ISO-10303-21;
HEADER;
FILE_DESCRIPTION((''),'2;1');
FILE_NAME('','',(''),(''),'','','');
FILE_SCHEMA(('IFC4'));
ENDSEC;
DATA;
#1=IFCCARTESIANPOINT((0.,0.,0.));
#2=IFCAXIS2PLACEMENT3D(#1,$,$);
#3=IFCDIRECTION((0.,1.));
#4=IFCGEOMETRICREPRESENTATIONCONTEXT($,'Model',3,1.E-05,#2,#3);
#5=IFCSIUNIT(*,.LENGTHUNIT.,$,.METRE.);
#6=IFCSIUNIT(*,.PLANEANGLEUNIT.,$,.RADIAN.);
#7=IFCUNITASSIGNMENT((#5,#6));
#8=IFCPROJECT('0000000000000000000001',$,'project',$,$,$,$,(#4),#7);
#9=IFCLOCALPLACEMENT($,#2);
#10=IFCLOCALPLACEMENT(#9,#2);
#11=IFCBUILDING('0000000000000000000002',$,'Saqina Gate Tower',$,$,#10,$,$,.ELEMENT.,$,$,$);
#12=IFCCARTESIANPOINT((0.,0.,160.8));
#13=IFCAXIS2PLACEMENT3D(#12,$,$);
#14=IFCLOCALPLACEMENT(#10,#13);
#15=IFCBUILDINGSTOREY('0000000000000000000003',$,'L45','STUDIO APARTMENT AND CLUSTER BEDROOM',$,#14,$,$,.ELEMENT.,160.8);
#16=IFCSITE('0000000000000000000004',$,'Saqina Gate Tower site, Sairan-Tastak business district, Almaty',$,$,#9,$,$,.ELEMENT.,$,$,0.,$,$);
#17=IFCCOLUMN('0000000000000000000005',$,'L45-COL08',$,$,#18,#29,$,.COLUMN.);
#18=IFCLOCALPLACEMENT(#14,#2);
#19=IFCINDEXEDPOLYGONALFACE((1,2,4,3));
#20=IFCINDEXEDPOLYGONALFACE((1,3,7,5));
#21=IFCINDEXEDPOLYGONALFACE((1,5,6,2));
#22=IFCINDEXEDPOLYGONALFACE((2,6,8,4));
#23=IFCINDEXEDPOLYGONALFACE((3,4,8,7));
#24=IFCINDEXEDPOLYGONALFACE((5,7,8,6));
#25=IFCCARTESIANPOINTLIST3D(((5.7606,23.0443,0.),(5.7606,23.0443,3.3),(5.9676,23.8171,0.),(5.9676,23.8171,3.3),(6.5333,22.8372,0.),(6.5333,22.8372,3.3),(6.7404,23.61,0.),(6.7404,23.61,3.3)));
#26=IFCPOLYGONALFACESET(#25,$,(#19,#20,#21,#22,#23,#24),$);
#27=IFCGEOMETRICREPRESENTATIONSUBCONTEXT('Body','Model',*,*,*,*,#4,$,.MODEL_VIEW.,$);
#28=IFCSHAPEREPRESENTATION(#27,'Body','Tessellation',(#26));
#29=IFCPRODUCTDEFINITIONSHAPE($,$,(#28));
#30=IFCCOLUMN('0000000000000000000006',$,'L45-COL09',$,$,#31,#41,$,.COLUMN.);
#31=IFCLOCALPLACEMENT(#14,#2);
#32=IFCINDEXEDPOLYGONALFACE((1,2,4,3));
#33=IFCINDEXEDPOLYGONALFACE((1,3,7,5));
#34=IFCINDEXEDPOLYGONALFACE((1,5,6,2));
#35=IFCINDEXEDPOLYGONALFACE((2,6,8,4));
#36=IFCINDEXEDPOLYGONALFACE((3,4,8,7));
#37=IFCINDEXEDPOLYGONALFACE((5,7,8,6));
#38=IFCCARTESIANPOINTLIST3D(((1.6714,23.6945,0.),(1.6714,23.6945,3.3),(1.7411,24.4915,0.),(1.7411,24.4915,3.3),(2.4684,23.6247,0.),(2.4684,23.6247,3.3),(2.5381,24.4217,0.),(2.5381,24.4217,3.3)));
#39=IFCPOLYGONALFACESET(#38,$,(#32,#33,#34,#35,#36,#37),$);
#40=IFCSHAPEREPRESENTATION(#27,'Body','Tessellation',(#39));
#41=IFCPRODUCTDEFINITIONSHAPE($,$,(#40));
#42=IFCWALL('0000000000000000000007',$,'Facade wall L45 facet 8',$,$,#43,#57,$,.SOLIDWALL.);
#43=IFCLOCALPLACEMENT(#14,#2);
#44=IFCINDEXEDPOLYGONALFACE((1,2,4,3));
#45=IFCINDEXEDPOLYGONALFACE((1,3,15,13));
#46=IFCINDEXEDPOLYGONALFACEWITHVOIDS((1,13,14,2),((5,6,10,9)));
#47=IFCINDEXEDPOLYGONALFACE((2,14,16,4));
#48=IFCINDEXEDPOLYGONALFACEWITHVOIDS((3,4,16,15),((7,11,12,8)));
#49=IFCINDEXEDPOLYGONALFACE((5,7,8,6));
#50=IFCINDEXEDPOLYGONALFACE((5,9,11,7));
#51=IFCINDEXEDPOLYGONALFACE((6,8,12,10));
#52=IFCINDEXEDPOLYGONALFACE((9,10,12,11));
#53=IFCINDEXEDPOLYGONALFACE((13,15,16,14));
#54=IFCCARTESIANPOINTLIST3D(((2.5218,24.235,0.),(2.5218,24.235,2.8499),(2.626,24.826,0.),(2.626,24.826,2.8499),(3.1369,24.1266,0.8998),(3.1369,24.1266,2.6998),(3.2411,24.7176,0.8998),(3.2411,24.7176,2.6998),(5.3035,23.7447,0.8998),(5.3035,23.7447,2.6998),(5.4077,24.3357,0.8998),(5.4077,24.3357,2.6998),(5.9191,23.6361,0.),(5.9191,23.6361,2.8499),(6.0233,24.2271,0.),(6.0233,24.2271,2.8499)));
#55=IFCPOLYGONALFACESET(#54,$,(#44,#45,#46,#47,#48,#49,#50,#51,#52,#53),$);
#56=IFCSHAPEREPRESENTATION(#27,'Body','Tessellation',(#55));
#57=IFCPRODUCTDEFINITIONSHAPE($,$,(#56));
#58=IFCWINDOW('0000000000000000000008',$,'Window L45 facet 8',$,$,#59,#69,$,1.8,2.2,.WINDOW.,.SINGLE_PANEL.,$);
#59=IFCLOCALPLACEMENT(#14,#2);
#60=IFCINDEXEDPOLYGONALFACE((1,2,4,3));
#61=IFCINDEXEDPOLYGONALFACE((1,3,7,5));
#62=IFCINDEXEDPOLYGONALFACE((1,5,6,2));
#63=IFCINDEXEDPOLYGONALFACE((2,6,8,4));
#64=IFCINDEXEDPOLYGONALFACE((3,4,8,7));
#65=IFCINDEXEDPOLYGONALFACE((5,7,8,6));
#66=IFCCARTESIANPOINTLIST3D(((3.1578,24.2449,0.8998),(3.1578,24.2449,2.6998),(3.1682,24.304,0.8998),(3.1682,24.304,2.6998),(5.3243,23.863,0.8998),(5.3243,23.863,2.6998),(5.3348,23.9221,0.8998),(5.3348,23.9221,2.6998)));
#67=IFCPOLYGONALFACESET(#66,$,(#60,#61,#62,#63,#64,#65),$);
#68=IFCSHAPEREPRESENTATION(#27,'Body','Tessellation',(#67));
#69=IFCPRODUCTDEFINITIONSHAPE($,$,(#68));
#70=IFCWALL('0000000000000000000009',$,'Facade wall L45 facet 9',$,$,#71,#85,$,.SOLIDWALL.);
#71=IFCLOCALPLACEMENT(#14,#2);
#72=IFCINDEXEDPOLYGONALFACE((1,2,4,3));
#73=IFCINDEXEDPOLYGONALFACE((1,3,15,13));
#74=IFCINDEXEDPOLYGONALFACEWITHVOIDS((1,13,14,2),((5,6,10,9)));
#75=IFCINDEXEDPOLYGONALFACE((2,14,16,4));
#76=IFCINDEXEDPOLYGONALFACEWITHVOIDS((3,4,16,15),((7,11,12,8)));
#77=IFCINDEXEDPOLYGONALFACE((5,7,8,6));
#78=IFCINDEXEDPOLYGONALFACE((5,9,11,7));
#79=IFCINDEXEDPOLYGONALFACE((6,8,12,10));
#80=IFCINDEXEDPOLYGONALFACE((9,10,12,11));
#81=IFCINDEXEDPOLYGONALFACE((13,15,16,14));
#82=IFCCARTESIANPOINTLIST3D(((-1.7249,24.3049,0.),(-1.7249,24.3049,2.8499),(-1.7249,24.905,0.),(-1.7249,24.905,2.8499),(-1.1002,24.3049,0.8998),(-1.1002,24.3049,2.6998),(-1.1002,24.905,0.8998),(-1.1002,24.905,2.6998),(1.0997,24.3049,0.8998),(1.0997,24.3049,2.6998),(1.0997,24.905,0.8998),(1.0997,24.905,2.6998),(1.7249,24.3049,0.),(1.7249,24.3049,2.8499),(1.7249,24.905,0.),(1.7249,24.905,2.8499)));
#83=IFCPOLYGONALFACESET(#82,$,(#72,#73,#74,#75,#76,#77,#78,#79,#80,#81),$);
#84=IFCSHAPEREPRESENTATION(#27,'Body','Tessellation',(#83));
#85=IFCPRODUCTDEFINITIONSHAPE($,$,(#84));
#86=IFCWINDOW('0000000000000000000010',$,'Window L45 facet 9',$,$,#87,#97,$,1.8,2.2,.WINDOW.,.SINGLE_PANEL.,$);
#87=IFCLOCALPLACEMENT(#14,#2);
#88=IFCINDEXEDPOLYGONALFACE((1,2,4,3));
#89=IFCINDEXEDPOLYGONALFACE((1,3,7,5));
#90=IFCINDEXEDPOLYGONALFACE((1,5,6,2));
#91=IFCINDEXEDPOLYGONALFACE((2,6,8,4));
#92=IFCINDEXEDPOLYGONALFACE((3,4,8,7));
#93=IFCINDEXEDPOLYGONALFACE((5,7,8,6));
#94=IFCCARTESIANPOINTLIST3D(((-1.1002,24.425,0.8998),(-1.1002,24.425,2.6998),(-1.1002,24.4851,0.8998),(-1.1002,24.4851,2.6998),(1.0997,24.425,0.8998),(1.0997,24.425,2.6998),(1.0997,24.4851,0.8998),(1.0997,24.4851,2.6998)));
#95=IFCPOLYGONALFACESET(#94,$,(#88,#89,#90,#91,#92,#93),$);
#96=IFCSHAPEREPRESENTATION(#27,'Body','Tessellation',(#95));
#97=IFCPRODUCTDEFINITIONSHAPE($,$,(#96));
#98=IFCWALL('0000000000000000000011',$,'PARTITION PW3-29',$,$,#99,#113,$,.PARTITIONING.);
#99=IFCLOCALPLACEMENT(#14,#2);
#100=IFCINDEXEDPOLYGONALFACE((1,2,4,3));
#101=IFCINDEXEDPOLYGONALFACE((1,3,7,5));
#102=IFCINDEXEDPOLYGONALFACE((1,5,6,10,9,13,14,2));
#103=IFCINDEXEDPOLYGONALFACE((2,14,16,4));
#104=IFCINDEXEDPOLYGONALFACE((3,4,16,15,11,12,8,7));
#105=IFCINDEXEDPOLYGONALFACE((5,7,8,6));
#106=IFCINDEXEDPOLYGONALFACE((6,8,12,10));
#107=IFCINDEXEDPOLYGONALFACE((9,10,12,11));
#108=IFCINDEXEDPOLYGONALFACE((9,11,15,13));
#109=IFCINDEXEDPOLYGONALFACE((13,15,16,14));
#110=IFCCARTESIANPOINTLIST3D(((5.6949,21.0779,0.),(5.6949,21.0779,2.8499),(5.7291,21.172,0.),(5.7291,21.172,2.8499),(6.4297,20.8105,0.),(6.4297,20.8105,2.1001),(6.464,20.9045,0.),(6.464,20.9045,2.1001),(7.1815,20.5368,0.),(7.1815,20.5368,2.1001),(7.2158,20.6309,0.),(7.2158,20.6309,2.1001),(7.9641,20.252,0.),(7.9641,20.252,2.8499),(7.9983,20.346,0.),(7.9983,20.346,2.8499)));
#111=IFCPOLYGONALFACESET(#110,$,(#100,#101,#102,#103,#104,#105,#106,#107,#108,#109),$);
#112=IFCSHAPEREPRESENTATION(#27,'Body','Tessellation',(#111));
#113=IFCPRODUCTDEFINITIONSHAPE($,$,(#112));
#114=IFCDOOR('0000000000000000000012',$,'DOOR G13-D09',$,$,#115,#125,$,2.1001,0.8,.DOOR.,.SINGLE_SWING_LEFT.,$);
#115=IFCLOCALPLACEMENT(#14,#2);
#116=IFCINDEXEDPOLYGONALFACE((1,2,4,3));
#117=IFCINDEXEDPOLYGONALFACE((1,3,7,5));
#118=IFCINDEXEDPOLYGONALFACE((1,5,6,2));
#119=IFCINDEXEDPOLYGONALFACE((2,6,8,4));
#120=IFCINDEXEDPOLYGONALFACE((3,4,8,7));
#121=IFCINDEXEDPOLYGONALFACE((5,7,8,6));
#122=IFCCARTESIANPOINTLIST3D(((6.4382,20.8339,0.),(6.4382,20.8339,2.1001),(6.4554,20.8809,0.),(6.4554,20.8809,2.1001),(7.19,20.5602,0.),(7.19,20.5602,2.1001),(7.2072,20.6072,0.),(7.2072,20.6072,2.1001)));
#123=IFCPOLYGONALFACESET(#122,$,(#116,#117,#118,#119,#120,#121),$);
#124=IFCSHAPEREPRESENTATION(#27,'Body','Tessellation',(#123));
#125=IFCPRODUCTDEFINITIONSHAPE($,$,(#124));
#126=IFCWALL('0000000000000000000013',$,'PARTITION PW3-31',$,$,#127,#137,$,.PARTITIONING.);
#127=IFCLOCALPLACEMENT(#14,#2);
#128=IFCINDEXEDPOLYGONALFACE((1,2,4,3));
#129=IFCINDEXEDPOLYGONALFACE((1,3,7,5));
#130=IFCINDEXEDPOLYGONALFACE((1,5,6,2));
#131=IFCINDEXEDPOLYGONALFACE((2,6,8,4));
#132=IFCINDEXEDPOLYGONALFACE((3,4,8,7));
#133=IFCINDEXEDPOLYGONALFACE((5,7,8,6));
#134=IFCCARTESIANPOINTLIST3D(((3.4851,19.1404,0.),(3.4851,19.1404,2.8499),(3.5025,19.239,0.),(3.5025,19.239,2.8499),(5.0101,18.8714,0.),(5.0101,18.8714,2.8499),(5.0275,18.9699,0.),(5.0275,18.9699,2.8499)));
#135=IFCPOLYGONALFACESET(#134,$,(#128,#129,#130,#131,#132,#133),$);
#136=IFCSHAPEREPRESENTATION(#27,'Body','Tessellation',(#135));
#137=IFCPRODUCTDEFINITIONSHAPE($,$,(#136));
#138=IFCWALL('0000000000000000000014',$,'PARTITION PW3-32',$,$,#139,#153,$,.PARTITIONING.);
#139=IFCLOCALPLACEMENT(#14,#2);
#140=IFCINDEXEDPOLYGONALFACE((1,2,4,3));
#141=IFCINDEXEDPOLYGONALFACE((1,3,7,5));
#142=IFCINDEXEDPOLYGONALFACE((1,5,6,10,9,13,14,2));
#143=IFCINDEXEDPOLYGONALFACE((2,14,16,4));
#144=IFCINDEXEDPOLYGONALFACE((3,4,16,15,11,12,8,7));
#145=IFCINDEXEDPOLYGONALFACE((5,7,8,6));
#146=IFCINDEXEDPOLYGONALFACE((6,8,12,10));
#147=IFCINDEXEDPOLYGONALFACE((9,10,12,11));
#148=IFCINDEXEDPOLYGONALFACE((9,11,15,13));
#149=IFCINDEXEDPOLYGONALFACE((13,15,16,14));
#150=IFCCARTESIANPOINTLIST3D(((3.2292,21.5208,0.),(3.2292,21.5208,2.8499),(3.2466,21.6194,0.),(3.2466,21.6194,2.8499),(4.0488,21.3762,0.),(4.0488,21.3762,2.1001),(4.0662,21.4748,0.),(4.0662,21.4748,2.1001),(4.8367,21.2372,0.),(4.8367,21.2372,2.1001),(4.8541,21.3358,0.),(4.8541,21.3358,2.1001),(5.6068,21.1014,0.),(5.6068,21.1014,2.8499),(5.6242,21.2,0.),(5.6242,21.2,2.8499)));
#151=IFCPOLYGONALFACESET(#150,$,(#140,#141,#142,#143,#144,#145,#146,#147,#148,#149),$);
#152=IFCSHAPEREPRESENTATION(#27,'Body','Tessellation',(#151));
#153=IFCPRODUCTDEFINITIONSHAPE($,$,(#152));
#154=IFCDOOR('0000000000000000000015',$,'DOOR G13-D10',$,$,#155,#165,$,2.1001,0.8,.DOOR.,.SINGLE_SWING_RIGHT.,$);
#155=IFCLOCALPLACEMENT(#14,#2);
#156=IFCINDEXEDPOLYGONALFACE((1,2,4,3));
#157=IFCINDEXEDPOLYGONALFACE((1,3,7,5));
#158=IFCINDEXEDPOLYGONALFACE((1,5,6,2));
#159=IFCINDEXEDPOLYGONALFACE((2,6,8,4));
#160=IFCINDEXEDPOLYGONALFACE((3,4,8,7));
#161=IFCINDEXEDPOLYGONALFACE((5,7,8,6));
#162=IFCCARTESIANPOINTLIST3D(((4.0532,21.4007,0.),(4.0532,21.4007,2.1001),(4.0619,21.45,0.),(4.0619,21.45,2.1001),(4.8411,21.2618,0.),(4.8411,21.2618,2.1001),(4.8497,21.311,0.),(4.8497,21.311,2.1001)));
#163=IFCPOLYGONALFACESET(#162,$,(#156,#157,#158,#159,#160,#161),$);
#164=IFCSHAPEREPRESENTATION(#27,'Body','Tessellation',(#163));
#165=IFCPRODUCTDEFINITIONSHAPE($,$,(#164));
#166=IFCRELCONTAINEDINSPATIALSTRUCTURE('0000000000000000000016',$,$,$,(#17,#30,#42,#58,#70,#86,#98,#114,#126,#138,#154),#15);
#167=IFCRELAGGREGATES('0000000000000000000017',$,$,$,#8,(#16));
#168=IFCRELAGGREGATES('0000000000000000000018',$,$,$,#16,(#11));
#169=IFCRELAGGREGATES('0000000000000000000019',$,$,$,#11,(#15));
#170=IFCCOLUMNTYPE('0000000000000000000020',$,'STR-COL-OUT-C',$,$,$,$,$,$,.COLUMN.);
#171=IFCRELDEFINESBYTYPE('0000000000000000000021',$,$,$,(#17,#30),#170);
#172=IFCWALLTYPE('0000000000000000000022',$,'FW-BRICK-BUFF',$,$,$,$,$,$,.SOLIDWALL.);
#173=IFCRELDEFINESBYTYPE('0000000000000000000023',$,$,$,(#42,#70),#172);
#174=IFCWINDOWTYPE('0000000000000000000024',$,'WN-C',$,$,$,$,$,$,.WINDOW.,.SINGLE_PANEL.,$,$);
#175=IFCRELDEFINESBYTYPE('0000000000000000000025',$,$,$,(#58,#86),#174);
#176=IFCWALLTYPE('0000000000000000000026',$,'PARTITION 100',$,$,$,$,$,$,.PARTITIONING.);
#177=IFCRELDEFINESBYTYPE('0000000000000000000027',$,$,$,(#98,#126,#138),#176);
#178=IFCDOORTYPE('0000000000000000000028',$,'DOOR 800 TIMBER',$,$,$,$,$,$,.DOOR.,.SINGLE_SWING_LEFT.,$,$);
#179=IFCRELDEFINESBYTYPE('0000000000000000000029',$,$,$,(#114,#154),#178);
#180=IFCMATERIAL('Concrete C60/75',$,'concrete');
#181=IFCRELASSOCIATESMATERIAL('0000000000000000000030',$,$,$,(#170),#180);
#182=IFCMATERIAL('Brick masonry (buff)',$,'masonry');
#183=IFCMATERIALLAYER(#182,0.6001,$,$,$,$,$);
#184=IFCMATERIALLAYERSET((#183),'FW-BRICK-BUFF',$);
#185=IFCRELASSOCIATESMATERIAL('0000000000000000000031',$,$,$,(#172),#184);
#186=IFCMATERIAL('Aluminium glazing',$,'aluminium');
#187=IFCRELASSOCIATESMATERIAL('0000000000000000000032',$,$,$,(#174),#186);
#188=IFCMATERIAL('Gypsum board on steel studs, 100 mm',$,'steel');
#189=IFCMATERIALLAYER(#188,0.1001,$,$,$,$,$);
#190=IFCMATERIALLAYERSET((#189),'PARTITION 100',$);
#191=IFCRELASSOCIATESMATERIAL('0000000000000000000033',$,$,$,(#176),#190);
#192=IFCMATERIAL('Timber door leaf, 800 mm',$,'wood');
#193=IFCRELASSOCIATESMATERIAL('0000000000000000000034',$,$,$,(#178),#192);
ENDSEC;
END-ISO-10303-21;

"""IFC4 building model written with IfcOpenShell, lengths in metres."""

from ifc_helpers import new_model, si_unit, direction, frame, frame_2d, origin, origin_2d, place, context, subcontext, project, spatial, rectangle, extrude, material, layer, layer_set, material_profile, profile_set, type_object, element, fill, save


model = new_model("IFC4")

# Units and contexts
model_context = context("Model", 3, precision=1e-05, world=origin(), true_north=direction((0.0, 1.0)))
body_context = subcontext(model_context, "Body", "Model", "MODEL_VIEW")
ifc_project = project(units=[si_unit("LENGTHUNIT", "METRE"), si_unit("PLANEANGLEUNIT", "RADIAN")], contexts=[model_context])

# Site, building, storey
site_placement = place(None, origin())
site = spatial("IfcSite", under=ifc_project, at=site_placement, Name="Saqina Gate Tower site, Sairan-Tastak business district, Almaty", CompositionType="ELEMENT", RefElevation=0.0)
building_placement = place(site_placement, origin())
building = spatial("IfcBuilding", under=site, at=building_placement, Name="Saqina Gate Tower", CompositionType="ELEMENT")
storey_placement = place(building_placement, frame((0.0, 0.0, 160.8)))
storey = spatial("IfcBuildingStorey", under=building, at=storey_placement, Name="L45", Description="STUDIO APARTMENT AND CLUSTER BEDROOM", CompositionType="ELEMENT", Elevation=160.8)

# Columns
ifc_material_1 = material(Name="Concrete C60/75", Category="concrete")
ifc_material_profile = material_profile(ifc_material_1, rectangle(XDim=0.8, YDim=0.8, at=origin_2d()), Name="RC 800x800")
ifc_profile_set = profile_set([ifc_material_profile], Name="Concrete C60/75")
column_type = type_object("IfcColumnType", Name="STR-COL-OUT-C", PredefinedType="COLUMN", material=ifc_profile_set)
for number, where, z_axis, x_axis, name in (
    (1, (6.2505, 23.3271, 0.0), (0.0, 0.0, 1.0), (0.258819, 0.965926, 0.0), "L45-COL08"),
    (2, (2.1047, 24.0581, 0.0), (0.0, 0.0, 1.0), (0.087156, 0.996195, 0.0), "L45-COL09"),
):
    element("IfcColumn", number, at=place(storey_placement, frame(where, z_axis=z_axis, x_axis=x_axis)), inside=storey, type_object=column_type, Name=name, PredefinedType="COLUMN", context=body_context, shape_type="SweptSolid", body=[
        extrude(rectangle(XDim=0.8, YDim=0.8, at=origin_2d()), origin(), (0.0, 0.0, 1.0), 3.3),
    ])

# Walls, openings, windows
ifc_material_2 = material(Name="Brick masonry (buff)", Category="masonry")
ifc_layer_1 = layer(ifc_material_2, 0.6001)
ifc_layer_set_1 = layer_set([ifc_layer_1], Name="FW-BRICK-BUFF")
wall_type_1 = type_object("IfcWallType", Name="FW-BRICK-BUFF", PredefinedType="SOLIDWALL", material=ifc_layer_set_1)
wall_1_placement = place(storey_placement, frame((5.9712, 23.9316, 0.0), z_axis=(0.0, 0.0, 1.0), x_axis=(-0.984815, 0.173608, 0.0)))
wall_1 = element("IfcWall", 3, at=wall_1_placement, inside=storey, type_object=wall_type_1, Name="Facade wall L45 facet 8", PredefinedType="SOLIDWALL", context=body_context, shape_type="SweptSolid", body=[
    extrude(rectangle(XDim=3.4497, YDim=0.6001, at=frame_2d((1.7249, 0.0))), origin(), (0.0, 0.0, 1.0), 2.8499),
])
opening_1_placement = place(wall_1_placement, frame((0.625, 0.0, 0.8999)))
opening_1 = element("IfcOpeningElement", 4, at=opening_1_placement, cuts=wall_1, PredefinedType="OPENING", context=body_context, shape_type="SweptSolid", body=[
    extrude(rectangle(XDim=2.2, YDim=1.8, at=frame_2d((1.1001, 0.8999))), frame((0.0, 0.312, 0.0), z_axis=(0.0, -1.0, 0.0), x_axis=(1.0, 0.0, 0.0)), (0.0, 0.0, 1.0), 0.624),
])
ifc_material_3 = material(Name="Aluminium glazing", Category="aluminium")
window_type = type_object("IfcWindowType", Name="WN-C", PartitioningType="SINGLE_PANEL", PredefinedType="WINDOW", material=ifc_material_3)
window_1_placement = place(opening_1_placement, origin())
window_1 = element("IfcWindow", 5, at=window_1_placement, inside=storey, type_object=window_type, Name="Window L45 facet 8", OverallHeight=1.8, OverallWidth=2.2, PartitioningType="SINGLE_PANEL", PredefinedType="WINDOW", context=body_context, shape_type="SweptSolid", body=[
    extrude(rectangle(XDim=2.2, YDim=1.8, at=frame_2d((1.1001, 0.8999))), frame((0.0, 0.1799, 0.0), z_axis=(0.0, -1.0, 0.0), x_axis=(1.0, 0.0, 0.0)), (0.0, 0.0, 1.0), 0.0601),
])
fill(opening_1, window_1)
wall_2_placement = place(storey_placement, frame((1.7249, 24.605, 0.0), z_axis=(0.0, 0.0, 1.0), x_axis=(-1.0, 0.0, 0.0)))
wall_2 = element("IfcWall", 6, at=wall_2_placement, inside=storey, type_object=wall_type_1, Name="Facade wall L45 facet 9", PredefinedType="SOLIDWALL", context=body_context, shape_type="SweptSolid", body=[
    extrude(rectangle(XDim=3.4497, YDim=0.6001, at=frame_2d((1.7249, 0.0))), origin(), (0.0, 0.0, 1.0), 2.8499),
])
opening_2_placement = place(wall_2_placement, frame((0.625, 0.0, 0.8999)))
opening_2 = element("IfcOpeningElement", 7, at=opening_2_placement, cuts=wall_2, PredefinedType="OPENING", context=body_context, shape_type="SweptSolid", body=[
    extrude(rectangle(XDim=2.2, YDim=1.8, at=frame_2d((1.1001, 0.8999))), frame((0.0, 0.312, 0.0), z_axis=(0.0, -1.0, 0.0), x_axis=(1.0, 0.0, 0.0)), (0.0, 0.0, 1.0), 0.624),
])
window_2_placement = place(opening_2_placement, origin())
window_2 = element("IfcWindow", 8, at=window_2_placement, inside=storey, type_object=window_type, Name="Window L45 facet 9", OverallHeight=1.8, OverallWidth=2.2, PartitioningType="SINGLE_PANEL", PredefinedType="WINDOW", context=body_context, shape_type="SweptSolid", body=[
    extrude(rectangle(XDim=2.2, YDim=1.8, at=frame_2d((1.1001, 0.8999))), frame((0.0, 0.1799, 0.0), z_axis=(0.0, -1.0, 0.0), x_axis=(1.0, 0.0, 0.0)), (0.0, 0.0, 1.0), 0.0601),
])
fill(opening_2, window_2)

# Wall, opening, door
ifc_material_4 = material(Name="Gypsum board on steel studs, 100 mm", Category="steel")
ifc_layer_2 = layer(ifc_material_4, 0.1001)
ifc_layer_set_2 = layer_set([ifc_layer_2], Name="PARTITION 100")
wall_type_2 = type_object("IfcWallType", Name="PARTITION 100", PredefinedType="PARTITIONING", material=ifc_layer_set_2)
wall_3_placement = place(storey_placement, frame((5.7119, 21.125, 0.0), z_axis=(0.0, 0.0, 1.0), x_axis=(0.939684, -0.342043, 0.0)))
wall_3 = element("IfcWall", 9, at=wall_3_placement, inside=storey, type_object=wall_type_2, Name="PARTITION PW3-29", PredefinedType="PARTITIONING", context=body_context, shape_type="SweptSolid", body=[
    extrude(rectangle(XDim=2.4148, YDim=0.1001, at=frame_2d((1.2075, 0.0))), origin(), (0.0, 0.0, 1.0), 2.8499),
])
opening_3_placement = place(wall_3_placement, frame((0.7822, 0.0, 0.0)))
opening_3 = element("IfcOpeningElement", 10, at=opening_3_placement, cuts=wall_3, PredefinedType="OPENING", context=body_context, shape_type="SweptSolid", body=[
    extrude(rectangle(XDim=0.8, YDim=2.1001, at=frame_2d((0.3999, 1.05))), frame((0.0, 0.062, 0.0), z_axis=(0.0, -1.0, 0.0), x_axis=(1.0, 0.0, 0.0)), (0.0, 0.0, 1.0), 0.124),
])
ifc_material_5 = material(Name="Timber door leaf, 800 mm", Category="wood")
door_type_1 = type_object("IfcDoorType", Name="DOOR 800 TIMBER", OperationType="SINGLE_SWING_LEFT", PredefinedType="DOOR", material=ifc_material_5)
door_1_placement = place(opening_3_placement, origin())
door_1 = element("IfcDoor", 11, at=door_1_placement, inside=storey, type_object=door_type_1, Name="DOOR G13-D09", OperationType="SINGLE_SWING_LEFT", OverallHeight=2.1001, OverallWidth=0.8, PredefinedType="DOOR", context=body_context, shape_type="SweptSolid", body=[
    extrude(rectangle(XDim=0.8, YDim=2.1001, at=frame_2d((0.3999, 1.05))), frame((0.0, 0.0249, 0.0), z_axis=(0.0, -1.0, 0.0), x_axis=(1.0, 0.0, 0.0)), (0.0, 0.0, 1.0), 0.05),
])
fill(opening_3, door_1)

# Wall
wall_4_placement = place(storey_placement, frame((3.4937, 19.1897, 0.0), z_axis=(0.0, 0.0, 1.0), x_axis=(0.984795, -0.173722, 0.0)))
element("IfcWall", 12, at=wall_4_placement, inside=storey, type_object=wall_type_2, Name="PARTITION PW3-31", PredefinedType="PARTITIONING", context=body_context, shape_type="SweptSolid", body=[
    extrude(rectangle(XDim=1.5486, YDim=0.1001, at=frame_2d((0.7744, 0.0))), origin(), (0.0, 0.0, 1.0), 2.8499),
])

# Wall, opening, door
wall_5_placement = place(storey_placement, frame((3.238, 21.5701, 0.0), z_axis=(0.0, 0.0, 1.0), x_axis=(0.984795, -0.173722, 0.0)))
wall_5 = element("IfcWall", 13, at=wall_5_placement, inside=storey, type_object=wall_type_2, Name="PARTITION PW3-32", PredefinedType="PARTITIONING", context=body_context, shape_type="SweptSolid", body=[
    extrude(rectangle(XDim=2.4143, YDim=0.1001, at=frame_2d((1.207, 0.0))), origin(), (0.0, 0.0, 1.0), 2.8499),
])
opening_4_placement = place(wall_5_placement, frame((0.8323, 0.0, 0.0)))
opening_4 = element("IfcOpeningElement", 14, at=opening_4_placement, cuts=wall_5, PredefinedType="OPENING", context=body_context, shape_type="SweptSolid", body=[
    extrude(rectangle(XDim=0.8, YDim=2.1001, at=frame_2d((0.3999, 1.05))), frame((0.0, 0.062, 0.0), z_axis=(0.0, -1.0, 0.0), x_axis=(1.0, 0.0, 0.0)), (0.0, 0.0, 1.0), 0.124),
])
door_2_placement = place(opening_4_placement, origin())
door_2 = element("IfcDoor", 15, at=door_2_placement, inside=storey, type_object=door_type_1, Name="DOOR G13-D10", OperationType="SINGLE_SWING_RIGHT", OverallHeight=2.1001, OverallWidth=0.8, PredefinedType="DOOR", context=body_context, shape_type="SweptSolid", body=[
    extrude(rectangle(XDim=0.8, YDim=2.1001, at=frame_2d((0.3999, 1.05))), frame((0.0, 0.0249, 0.0), z_axis=(0.0, -1.0, 0.0), x_axis=(1.0, 0.0, 0.0)), (0.0, 0.0, 1.0), 0.05),
])
fill(opening_4, door_2)

save(model, "model.ifc")
